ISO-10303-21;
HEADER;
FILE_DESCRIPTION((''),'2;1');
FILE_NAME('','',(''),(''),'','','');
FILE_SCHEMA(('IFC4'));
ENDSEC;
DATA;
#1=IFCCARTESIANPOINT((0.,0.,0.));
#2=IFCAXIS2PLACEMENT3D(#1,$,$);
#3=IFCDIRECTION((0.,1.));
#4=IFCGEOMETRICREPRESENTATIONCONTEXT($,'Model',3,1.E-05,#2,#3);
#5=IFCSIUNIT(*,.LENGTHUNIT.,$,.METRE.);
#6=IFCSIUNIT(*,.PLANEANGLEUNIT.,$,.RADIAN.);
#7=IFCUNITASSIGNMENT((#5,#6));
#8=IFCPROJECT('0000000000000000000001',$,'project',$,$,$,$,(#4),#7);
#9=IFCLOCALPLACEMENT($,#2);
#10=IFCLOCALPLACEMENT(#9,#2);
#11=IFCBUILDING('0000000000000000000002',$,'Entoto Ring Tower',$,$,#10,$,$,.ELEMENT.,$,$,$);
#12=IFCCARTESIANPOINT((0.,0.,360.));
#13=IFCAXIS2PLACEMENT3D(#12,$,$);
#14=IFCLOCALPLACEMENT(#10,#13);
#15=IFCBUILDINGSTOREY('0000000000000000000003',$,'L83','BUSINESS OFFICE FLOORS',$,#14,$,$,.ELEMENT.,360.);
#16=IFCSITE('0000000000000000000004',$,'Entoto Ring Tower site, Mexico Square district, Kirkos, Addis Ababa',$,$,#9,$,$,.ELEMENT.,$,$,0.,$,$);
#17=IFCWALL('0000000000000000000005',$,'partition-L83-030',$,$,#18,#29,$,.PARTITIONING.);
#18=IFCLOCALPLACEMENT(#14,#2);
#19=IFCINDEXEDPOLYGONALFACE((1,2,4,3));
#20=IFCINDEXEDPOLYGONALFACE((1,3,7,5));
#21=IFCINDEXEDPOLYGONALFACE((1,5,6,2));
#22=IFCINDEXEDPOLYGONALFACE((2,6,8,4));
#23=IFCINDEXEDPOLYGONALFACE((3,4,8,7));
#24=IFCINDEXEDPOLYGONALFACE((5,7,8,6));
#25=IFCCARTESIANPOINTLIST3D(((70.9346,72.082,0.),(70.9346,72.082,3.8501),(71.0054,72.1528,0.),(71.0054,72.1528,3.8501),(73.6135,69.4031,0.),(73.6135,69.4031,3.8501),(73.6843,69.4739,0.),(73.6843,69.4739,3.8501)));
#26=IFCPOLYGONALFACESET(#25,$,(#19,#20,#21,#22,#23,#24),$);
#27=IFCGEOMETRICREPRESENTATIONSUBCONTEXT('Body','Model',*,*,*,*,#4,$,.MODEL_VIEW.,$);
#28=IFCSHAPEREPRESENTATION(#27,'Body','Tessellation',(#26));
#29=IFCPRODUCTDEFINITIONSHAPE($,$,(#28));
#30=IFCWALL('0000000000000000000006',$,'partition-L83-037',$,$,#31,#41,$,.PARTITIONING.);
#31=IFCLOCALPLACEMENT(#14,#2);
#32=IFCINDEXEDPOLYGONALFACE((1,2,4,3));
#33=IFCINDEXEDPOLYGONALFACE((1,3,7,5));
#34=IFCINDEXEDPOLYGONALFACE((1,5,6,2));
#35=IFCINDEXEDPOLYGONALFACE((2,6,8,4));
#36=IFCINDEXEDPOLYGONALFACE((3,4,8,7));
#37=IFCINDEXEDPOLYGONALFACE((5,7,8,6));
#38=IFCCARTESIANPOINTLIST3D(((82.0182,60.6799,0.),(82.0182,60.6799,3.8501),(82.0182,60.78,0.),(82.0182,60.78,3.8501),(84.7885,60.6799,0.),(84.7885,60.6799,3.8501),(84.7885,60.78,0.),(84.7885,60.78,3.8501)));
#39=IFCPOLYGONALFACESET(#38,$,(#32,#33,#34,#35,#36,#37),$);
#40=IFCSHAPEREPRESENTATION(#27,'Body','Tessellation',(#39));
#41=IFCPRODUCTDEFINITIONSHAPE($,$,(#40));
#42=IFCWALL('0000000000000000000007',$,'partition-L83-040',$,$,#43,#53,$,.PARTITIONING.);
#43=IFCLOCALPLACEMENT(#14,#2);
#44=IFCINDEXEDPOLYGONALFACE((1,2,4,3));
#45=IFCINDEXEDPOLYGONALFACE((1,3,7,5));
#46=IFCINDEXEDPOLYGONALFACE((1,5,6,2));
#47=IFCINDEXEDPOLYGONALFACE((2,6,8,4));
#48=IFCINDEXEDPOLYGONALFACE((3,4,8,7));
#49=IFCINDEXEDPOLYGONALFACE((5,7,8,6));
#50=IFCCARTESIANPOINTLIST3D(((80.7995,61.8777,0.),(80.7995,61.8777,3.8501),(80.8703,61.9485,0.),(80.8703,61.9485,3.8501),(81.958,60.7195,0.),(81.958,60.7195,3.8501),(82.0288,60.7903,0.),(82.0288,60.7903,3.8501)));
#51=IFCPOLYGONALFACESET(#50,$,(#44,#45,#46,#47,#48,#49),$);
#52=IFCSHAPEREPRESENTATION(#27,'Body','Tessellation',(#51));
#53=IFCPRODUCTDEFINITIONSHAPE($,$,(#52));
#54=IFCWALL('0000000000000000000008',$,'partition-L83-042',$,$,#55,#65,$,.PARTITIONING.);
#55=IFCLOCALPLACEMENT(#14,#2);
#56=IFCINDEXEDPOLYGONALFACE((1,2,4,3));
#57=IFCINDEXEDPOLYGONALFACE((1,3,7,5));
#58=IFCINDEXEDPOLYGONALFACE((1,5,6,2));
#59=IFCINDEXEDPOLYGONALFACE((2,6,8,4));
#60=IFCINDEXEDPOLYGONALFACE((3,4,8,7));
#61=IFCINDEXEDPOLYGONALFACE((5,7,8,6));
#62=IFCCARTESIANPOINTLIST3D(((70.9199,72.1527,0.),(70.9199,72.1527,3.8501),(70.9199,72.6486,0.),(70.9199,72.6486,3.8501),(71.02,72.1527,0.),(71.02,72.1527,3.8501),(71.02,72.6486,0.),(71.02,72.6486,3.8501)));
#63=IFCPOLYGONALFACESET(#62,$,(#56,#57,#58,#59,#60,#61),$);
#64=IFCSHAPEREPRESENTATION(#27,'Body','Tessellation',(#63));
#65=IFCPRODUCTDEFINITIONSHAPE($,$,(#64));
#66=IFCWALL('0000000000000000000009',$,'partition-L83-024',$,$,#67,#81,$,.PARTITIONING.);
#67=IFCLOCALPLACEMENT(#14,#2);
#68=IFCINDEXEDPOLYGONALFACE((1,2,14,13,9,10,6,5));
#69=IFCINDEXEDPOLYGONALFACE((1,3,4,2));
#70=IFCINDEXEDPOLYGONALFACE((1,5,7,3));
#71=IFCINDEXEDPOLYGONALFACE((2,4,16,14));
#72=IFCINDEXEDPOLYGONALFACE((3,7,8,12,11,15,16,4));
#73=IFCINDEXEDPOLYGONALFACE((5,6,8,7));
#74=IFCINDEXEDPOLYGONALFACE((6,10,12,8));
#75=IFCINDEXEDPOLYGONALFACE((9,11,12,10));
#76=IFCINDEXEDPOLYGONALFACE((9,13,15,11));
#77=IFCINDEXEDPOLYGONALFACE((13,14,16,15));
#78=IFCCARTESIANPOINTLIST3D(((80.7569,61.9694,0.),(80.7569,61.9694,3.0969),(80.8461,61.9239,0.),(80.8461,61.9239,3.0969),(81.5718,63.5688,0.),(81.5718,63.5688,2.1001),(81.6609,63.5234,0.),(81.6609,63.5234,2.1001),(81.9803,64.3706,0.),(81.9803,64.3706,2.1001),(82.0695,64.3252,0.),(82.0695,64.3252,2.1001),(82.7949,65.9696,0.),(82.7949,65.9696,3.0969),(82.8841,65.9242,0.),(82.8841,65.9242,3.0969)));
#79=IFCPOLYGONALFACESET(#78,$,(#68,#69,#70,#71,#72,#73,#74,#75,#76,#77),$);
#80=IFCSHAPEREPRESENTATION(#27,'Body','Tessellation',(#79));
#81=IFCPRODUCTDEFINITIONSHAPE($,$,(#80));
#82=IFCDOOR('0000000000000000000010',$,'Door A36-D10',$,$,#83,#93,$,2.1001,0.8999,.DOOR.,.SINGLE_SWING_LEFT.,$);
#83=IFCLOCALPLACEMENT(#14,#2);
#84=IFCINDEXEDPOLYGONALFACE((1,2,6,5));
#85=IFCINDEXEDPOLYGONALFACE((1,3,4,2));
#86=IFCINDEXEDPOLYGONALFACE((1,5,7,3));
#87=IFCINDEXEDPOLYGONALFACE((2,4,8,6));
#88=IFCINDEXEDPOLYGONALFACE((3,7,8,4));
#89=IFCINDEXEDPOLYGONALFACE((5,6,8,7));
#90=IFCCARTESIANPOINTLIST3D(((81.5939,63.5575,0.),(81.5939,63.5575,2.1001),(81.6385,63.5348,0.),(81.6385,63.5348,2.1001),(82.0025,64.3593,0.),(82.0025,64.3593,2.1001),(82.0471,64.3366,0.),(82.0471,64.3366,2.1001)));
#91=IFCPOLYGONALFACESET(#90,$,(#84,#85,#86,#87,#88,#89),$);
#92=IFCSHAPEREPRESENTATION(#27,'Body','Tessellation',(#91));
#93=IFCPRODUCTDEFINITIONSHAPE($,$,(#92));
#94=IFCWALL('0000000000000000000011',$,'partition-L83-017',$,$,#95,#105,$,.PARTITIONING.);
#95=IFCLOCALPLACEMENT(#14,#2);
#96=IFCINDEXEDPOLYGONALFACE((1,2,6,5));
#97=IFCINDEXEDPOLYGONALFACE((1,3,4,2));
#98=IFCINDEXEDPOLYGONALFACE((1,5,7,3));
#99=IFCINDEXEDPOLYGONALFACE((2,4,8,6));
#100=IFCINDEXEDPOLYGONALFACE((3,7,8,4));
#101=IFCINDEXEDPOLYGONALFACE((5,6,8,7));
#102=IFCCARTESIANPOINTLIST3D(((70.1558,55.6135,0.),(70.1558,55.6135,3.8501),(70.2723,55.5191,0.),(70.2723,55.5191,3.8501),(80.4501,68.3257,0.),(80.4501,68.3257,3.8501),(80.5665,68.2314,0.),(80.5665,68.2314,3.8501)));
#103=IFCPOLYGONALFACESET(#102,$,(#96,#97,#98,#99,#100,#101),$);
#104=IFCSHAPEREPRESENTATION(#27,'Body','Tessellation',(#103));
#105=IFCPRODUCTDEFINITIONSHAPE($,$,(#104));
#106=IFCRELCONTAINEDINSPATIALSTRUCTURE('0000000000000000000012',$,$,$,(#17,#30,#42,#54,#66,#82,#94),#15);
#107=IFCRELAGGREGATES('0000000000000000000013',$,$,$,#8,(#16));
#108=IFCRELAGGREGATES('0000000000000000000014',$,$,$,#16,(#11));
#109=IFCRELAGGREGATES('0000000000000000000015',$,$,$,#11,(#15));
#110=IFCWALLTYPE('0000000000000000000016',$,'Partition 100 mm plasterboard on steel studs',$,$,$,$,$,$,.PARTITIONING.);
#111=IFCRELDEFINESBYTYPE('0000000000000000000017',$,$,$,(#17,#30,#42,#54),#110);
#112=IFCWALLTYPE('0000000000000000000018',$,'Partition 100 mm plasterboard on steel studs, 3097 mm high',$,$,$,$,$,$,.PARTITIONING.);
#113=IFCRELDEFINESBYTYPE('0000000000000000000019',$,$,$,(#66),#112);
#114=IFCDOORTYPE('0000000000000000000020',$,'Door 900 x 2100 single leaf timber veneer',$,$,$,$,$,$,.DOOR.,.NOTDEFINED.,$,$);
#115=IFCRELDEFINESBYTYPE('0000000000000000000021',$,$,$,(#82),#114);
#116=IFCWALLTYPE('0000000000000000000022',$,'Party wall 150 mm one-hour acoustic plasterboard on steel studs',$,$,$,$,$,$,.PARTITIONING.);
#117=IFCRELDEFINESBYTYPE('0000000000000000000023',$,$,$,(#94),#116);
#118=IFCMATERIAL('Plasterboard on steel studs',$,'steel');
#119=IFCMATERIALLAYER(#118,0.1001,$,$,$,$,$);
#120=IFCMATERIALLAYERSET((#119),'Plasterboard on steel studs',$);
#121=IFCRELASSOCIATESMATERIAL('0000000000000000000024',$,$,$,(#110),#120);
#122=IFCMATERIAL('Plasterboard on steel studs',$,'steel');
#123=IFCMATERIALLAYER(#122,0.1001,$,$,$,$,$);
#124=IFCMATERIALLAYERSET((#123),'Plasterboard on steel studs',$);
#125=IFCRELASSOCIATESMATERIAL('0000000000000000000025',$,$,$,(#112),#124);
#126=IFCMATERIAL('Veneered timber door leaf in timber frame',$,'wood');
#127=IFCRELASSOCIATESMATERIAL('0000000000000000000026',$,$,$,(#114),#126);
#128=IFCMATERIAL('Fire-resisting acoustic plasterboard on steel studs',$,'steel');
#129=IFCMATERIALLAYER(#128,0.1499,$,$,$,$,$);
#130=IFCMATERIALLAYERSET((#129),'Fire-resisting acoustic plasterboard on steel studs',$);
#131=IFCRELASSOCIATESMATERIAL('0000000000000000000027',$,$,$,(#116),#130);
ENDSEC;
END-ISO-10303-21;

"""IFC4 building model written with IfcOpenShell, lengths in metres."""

from ifc_helpers import new_model, si_unit, direction, frame, frame_2d, origin, place, context, subcontext, project, spatial, rectangle, extrude, material, layer, layer_set, type_object, element, fill, save


model = new_model("IFC4")

# Units and contexts
model_context = context("Model", 3, precision=1e-05, world=origin(), true_north=direction((0.0, 1.0)))
body_context = subcontext(model_context, "Body", "Model", "MODEL_VIEW")
ifc_project = project(units=[si_unit("LENGTHUNIT", "METRE"), si_unit("PLANEANGLEUNIT", "RADIAN")], contexts=[model_context])

# Site, building, storey
site_placement = place(None, origin())
site = spatial("IfcSite", under=ifc_project, at=site_placement, Name="Entoto Ring Tower site, Mexico Square district, Kirkos, Addis Ababa", CompositionType="ELEMENT", RefElevation=0.0)
building_placement = place(site_placement, origin())
building = spatial("IfcBuilding", under=site, at=building_placement, Name="Entoto Ring Tower", CompositionType="ELEMENT")
storey_placement = place(building_placement, frame((0.0, 0.0, 360.0)))
storey = spatial("IfcBuildingStorey", under=building, at=storey_placement, Name="L83", Description="BUSINESS OFFICE FLOORS", CompositionType="ELEMENT", Elevation=360.0)

# Walls
ifc_material_1 = material(Name="Plasterboard on steel studs", Category="steel")
ifc_layer_1 = layer(ifc_material_1, 0.1001)
ifc_layer_set_1 = layer_set([ifc_layer_1], Name="Plasterboard on steel studs")
wall_type_1 = type_object("IfcWallType", Name="Partition 100 mm plasterboard on steel studs", PredefinedType="PARTITIONING", material=ifc_layer_set_1)
wall_1_placement = place(storey_placement, frame((73.6489, 69.4385, 0.0), z_axis=(0.0, 0.0, 1.0), x_axis=(-0.707107, 0.707107, 0.0)))
element("IfcWall", 1, at=wall_1_placement, inside=storey, type_object=wall_type_1, Name="partition-L83-030", PredefinedType="PARTITIONING", context=body_context, shape_type="SweptSolid", body=[
    extrude(rectangle(XDim=3.7886, YDim=0.1001, at=frame_2d((1.8943, 0.0))), origin(), (0.0, 0.0, 1.0), 3.8501),
])
wall_2_placement = place(storey_placement, frame((82.0181, 60.73, 0.0), z_axis=(0.0, 0.0, 1.0), x_axis=(1.0, 0.0, 0.0)))
element("IfcWall", 2, at=wall_2_placement, inside=storey, type_object=wall_type_1, Name="partition-L83-037", PredefinedType="PARTITIONING", context=body_context, shape_type="SweptSolid", body=[
    extrude(rectangle(XDim=2.7703, YDim=0.1001, at=frame_2d((1.3853, 0.0))), origin(), (0.0, 0.0, 1.0), 3.8501),
])
wall_3_placement = place(storey_placement, frame((81.9934, 60.7549, 0.0), z_axis=(0.0, 0.0, 1.0), x_axis=(-0.707181, 0.707032, 0.0)))
element("IfcWall", 3, at=wall_3_placement, inside=storey, type_object=wall_type_1, Name="partition-L83-040", PredefinedType="PARTITIONING", context=body_context, shape_type="SweptSolid", body=[
    extrude(rectangle(XDim=1.6382, YDim=0.1001, at=frame_2d((0.8191, 0.0))), origin(), (0.0, 0.0, 1.0), 3.8501),
])
wall_4_placement = place(storey_placement, frame((70.97, 72.1526, 0.0), z_axis=(0.0, 0.0, 1.0), x_axis=(0.0, 1.0, 0.0)))
element("IfcWall", 4, at=wall_4_placement, inside=storey, type_object=wall_type_1, Name="partition-L83-042", PredefinedType="PARTITIONING", context=body_context, shape_type="SweptSolid", body=[
    extrude(rectangle(XDim=0.4958, YDim=0.1001, at=frame_2d((0.248, 0.0))), origin(), (0.0, 0.0, 1.0), 3.8501),
])

# Wall, opening, door
ifc_material_2 = material(Name="Plasterboard on steel studs", Category="steel")
ifc_layer_2 = layer(ifc_material_2, 0.1001)
ifc_layer_set_2 = layer_set([ifc_layer_2], Name="Plasterboard on steel studs")
wall_type_2 = type_object("IfcWallType", Name="Partition 100 mm plasterboard on steel studs, 3097 mm high", PredefinedType="PARTITIONING", material=ifc_layer_set_2)
wall_5_placement = place(storey_placement, frame((80.8015, 61.9468, 0.0), z_axis=(0.0, 0.0, 1.0), x_axis=(0.453966, 0.891019, 0.0)))
wall_5 = element("IfcWall", 5, at=wall_5_placement, inside=storey, type_object=wall_type_2, Name="partition-L83-024", PredefinedType="PARTITIONING", context=body_context, shape_type="SweptSolid", body=[
    extrude(rectangle(XDim=4.4895, YDim=0.1001, at=frame_2d((2.2446, 0.0))), origin(), (0.0, 0.0, 1.0), 3.0969),
])
opening_1_placement = place(wall_5_placement, frame((1.7949, 0.0, 0.0)))
opening_1 = element("IfcOpeningElement", 6, at=opening_1_placement, cuts=wall_5, PredefinedType="OPENING", context=body_context, shape_type="SweptSolid", body=[
    extrude(rectangle(XDim=0.8999, YDim=2.1001, at=frame_2d((0.45, 1.05))), frame((0.0, 0.0601, 0.0), z_axis=(0.0, -1.0, 0.0), x_axis=(1.0, 0.0, 0.0)), (0.0, 0.0, 1.0), 0.1201),
])
ifc_material_3 = material(Name="Veneered timber door leaf in timber frame", Category="wood")
door_type_1 = type_object("IfcDoorType", Name="Door 900 x 2100 single leaf timber veneer", OperationType="NOTDEFINED", PredefinedType="DOOR", material=ifc_material_3)
door_1_placement = place(opening_1_placement, frame((0.8999, 0.0, 0.0), z_axis=(0.0, 0.0, 1.0), x_axis=(-1.0, 0.0, 0.0)))
door_1 = element("IfcDoor", 7, at=door_1_placement, inside=storey, type_object=door_type_1, Name="Door A36-D10", OperationType="SINGLE_SWING_LEFT", OverallHeight=2.1001, OverallWidth=0.8999, PredefinedType="DOOR", context=body_context, shape_type="SweptSolid", body=[
    extrude(rectangle(XDim=0.8999, YDim=2.1001, at=frame_2d((0.45, 1.05))), frame((0.0, 0.0249, 0.0), z_axis=(0.0, -1.0, 0.0), x_axis=(1.0, 0.0, 0.0)), (0.0, 0.0, 1.0), 0.05),
])
fill(opening_1, door_1)

# Wall
ifc_material_4 = material(Name="Fire-resisting acoustic plasterboard on steel studs", Category="steel")
ifc_layer_3 = layer(ifc_material_4, 0.1499)
ifc_layer_set_3 = layer_set([ifc_layer_3], Name="Fire-resisting acoustic plasterboard on steel studs")
wall_type_3 = type_object("IfcWallType", Name="Party wall 150 mm one-hour acoustic plasterboard on steel studs", PredefinedType="PARTITIONING", material=ifc_layer_set_3)
wall_6_placement = place(storey_placement, frame((70.2141, 55.5664, 0.0), z_axis=(0.0, 0.0, 1.0), x_axis=(0.629324, 0.777143, 0.0)))
element("IfcWall", 8, at=wall_6_placement, inside=storey, type_object=wall_type_3, Name="partition-L83-017", PredefinedType="PARTITIONING", context=body_context, shape_type="SweptSolid", body=[
    extrude(rectangle(XDim=16.3577, YDim=0.1499, at=frame_2d((8.1787, 0.0))), origin(), (0.0, 0.0, 1.0), 3.8501),
])

save(model, "model.ifc")
